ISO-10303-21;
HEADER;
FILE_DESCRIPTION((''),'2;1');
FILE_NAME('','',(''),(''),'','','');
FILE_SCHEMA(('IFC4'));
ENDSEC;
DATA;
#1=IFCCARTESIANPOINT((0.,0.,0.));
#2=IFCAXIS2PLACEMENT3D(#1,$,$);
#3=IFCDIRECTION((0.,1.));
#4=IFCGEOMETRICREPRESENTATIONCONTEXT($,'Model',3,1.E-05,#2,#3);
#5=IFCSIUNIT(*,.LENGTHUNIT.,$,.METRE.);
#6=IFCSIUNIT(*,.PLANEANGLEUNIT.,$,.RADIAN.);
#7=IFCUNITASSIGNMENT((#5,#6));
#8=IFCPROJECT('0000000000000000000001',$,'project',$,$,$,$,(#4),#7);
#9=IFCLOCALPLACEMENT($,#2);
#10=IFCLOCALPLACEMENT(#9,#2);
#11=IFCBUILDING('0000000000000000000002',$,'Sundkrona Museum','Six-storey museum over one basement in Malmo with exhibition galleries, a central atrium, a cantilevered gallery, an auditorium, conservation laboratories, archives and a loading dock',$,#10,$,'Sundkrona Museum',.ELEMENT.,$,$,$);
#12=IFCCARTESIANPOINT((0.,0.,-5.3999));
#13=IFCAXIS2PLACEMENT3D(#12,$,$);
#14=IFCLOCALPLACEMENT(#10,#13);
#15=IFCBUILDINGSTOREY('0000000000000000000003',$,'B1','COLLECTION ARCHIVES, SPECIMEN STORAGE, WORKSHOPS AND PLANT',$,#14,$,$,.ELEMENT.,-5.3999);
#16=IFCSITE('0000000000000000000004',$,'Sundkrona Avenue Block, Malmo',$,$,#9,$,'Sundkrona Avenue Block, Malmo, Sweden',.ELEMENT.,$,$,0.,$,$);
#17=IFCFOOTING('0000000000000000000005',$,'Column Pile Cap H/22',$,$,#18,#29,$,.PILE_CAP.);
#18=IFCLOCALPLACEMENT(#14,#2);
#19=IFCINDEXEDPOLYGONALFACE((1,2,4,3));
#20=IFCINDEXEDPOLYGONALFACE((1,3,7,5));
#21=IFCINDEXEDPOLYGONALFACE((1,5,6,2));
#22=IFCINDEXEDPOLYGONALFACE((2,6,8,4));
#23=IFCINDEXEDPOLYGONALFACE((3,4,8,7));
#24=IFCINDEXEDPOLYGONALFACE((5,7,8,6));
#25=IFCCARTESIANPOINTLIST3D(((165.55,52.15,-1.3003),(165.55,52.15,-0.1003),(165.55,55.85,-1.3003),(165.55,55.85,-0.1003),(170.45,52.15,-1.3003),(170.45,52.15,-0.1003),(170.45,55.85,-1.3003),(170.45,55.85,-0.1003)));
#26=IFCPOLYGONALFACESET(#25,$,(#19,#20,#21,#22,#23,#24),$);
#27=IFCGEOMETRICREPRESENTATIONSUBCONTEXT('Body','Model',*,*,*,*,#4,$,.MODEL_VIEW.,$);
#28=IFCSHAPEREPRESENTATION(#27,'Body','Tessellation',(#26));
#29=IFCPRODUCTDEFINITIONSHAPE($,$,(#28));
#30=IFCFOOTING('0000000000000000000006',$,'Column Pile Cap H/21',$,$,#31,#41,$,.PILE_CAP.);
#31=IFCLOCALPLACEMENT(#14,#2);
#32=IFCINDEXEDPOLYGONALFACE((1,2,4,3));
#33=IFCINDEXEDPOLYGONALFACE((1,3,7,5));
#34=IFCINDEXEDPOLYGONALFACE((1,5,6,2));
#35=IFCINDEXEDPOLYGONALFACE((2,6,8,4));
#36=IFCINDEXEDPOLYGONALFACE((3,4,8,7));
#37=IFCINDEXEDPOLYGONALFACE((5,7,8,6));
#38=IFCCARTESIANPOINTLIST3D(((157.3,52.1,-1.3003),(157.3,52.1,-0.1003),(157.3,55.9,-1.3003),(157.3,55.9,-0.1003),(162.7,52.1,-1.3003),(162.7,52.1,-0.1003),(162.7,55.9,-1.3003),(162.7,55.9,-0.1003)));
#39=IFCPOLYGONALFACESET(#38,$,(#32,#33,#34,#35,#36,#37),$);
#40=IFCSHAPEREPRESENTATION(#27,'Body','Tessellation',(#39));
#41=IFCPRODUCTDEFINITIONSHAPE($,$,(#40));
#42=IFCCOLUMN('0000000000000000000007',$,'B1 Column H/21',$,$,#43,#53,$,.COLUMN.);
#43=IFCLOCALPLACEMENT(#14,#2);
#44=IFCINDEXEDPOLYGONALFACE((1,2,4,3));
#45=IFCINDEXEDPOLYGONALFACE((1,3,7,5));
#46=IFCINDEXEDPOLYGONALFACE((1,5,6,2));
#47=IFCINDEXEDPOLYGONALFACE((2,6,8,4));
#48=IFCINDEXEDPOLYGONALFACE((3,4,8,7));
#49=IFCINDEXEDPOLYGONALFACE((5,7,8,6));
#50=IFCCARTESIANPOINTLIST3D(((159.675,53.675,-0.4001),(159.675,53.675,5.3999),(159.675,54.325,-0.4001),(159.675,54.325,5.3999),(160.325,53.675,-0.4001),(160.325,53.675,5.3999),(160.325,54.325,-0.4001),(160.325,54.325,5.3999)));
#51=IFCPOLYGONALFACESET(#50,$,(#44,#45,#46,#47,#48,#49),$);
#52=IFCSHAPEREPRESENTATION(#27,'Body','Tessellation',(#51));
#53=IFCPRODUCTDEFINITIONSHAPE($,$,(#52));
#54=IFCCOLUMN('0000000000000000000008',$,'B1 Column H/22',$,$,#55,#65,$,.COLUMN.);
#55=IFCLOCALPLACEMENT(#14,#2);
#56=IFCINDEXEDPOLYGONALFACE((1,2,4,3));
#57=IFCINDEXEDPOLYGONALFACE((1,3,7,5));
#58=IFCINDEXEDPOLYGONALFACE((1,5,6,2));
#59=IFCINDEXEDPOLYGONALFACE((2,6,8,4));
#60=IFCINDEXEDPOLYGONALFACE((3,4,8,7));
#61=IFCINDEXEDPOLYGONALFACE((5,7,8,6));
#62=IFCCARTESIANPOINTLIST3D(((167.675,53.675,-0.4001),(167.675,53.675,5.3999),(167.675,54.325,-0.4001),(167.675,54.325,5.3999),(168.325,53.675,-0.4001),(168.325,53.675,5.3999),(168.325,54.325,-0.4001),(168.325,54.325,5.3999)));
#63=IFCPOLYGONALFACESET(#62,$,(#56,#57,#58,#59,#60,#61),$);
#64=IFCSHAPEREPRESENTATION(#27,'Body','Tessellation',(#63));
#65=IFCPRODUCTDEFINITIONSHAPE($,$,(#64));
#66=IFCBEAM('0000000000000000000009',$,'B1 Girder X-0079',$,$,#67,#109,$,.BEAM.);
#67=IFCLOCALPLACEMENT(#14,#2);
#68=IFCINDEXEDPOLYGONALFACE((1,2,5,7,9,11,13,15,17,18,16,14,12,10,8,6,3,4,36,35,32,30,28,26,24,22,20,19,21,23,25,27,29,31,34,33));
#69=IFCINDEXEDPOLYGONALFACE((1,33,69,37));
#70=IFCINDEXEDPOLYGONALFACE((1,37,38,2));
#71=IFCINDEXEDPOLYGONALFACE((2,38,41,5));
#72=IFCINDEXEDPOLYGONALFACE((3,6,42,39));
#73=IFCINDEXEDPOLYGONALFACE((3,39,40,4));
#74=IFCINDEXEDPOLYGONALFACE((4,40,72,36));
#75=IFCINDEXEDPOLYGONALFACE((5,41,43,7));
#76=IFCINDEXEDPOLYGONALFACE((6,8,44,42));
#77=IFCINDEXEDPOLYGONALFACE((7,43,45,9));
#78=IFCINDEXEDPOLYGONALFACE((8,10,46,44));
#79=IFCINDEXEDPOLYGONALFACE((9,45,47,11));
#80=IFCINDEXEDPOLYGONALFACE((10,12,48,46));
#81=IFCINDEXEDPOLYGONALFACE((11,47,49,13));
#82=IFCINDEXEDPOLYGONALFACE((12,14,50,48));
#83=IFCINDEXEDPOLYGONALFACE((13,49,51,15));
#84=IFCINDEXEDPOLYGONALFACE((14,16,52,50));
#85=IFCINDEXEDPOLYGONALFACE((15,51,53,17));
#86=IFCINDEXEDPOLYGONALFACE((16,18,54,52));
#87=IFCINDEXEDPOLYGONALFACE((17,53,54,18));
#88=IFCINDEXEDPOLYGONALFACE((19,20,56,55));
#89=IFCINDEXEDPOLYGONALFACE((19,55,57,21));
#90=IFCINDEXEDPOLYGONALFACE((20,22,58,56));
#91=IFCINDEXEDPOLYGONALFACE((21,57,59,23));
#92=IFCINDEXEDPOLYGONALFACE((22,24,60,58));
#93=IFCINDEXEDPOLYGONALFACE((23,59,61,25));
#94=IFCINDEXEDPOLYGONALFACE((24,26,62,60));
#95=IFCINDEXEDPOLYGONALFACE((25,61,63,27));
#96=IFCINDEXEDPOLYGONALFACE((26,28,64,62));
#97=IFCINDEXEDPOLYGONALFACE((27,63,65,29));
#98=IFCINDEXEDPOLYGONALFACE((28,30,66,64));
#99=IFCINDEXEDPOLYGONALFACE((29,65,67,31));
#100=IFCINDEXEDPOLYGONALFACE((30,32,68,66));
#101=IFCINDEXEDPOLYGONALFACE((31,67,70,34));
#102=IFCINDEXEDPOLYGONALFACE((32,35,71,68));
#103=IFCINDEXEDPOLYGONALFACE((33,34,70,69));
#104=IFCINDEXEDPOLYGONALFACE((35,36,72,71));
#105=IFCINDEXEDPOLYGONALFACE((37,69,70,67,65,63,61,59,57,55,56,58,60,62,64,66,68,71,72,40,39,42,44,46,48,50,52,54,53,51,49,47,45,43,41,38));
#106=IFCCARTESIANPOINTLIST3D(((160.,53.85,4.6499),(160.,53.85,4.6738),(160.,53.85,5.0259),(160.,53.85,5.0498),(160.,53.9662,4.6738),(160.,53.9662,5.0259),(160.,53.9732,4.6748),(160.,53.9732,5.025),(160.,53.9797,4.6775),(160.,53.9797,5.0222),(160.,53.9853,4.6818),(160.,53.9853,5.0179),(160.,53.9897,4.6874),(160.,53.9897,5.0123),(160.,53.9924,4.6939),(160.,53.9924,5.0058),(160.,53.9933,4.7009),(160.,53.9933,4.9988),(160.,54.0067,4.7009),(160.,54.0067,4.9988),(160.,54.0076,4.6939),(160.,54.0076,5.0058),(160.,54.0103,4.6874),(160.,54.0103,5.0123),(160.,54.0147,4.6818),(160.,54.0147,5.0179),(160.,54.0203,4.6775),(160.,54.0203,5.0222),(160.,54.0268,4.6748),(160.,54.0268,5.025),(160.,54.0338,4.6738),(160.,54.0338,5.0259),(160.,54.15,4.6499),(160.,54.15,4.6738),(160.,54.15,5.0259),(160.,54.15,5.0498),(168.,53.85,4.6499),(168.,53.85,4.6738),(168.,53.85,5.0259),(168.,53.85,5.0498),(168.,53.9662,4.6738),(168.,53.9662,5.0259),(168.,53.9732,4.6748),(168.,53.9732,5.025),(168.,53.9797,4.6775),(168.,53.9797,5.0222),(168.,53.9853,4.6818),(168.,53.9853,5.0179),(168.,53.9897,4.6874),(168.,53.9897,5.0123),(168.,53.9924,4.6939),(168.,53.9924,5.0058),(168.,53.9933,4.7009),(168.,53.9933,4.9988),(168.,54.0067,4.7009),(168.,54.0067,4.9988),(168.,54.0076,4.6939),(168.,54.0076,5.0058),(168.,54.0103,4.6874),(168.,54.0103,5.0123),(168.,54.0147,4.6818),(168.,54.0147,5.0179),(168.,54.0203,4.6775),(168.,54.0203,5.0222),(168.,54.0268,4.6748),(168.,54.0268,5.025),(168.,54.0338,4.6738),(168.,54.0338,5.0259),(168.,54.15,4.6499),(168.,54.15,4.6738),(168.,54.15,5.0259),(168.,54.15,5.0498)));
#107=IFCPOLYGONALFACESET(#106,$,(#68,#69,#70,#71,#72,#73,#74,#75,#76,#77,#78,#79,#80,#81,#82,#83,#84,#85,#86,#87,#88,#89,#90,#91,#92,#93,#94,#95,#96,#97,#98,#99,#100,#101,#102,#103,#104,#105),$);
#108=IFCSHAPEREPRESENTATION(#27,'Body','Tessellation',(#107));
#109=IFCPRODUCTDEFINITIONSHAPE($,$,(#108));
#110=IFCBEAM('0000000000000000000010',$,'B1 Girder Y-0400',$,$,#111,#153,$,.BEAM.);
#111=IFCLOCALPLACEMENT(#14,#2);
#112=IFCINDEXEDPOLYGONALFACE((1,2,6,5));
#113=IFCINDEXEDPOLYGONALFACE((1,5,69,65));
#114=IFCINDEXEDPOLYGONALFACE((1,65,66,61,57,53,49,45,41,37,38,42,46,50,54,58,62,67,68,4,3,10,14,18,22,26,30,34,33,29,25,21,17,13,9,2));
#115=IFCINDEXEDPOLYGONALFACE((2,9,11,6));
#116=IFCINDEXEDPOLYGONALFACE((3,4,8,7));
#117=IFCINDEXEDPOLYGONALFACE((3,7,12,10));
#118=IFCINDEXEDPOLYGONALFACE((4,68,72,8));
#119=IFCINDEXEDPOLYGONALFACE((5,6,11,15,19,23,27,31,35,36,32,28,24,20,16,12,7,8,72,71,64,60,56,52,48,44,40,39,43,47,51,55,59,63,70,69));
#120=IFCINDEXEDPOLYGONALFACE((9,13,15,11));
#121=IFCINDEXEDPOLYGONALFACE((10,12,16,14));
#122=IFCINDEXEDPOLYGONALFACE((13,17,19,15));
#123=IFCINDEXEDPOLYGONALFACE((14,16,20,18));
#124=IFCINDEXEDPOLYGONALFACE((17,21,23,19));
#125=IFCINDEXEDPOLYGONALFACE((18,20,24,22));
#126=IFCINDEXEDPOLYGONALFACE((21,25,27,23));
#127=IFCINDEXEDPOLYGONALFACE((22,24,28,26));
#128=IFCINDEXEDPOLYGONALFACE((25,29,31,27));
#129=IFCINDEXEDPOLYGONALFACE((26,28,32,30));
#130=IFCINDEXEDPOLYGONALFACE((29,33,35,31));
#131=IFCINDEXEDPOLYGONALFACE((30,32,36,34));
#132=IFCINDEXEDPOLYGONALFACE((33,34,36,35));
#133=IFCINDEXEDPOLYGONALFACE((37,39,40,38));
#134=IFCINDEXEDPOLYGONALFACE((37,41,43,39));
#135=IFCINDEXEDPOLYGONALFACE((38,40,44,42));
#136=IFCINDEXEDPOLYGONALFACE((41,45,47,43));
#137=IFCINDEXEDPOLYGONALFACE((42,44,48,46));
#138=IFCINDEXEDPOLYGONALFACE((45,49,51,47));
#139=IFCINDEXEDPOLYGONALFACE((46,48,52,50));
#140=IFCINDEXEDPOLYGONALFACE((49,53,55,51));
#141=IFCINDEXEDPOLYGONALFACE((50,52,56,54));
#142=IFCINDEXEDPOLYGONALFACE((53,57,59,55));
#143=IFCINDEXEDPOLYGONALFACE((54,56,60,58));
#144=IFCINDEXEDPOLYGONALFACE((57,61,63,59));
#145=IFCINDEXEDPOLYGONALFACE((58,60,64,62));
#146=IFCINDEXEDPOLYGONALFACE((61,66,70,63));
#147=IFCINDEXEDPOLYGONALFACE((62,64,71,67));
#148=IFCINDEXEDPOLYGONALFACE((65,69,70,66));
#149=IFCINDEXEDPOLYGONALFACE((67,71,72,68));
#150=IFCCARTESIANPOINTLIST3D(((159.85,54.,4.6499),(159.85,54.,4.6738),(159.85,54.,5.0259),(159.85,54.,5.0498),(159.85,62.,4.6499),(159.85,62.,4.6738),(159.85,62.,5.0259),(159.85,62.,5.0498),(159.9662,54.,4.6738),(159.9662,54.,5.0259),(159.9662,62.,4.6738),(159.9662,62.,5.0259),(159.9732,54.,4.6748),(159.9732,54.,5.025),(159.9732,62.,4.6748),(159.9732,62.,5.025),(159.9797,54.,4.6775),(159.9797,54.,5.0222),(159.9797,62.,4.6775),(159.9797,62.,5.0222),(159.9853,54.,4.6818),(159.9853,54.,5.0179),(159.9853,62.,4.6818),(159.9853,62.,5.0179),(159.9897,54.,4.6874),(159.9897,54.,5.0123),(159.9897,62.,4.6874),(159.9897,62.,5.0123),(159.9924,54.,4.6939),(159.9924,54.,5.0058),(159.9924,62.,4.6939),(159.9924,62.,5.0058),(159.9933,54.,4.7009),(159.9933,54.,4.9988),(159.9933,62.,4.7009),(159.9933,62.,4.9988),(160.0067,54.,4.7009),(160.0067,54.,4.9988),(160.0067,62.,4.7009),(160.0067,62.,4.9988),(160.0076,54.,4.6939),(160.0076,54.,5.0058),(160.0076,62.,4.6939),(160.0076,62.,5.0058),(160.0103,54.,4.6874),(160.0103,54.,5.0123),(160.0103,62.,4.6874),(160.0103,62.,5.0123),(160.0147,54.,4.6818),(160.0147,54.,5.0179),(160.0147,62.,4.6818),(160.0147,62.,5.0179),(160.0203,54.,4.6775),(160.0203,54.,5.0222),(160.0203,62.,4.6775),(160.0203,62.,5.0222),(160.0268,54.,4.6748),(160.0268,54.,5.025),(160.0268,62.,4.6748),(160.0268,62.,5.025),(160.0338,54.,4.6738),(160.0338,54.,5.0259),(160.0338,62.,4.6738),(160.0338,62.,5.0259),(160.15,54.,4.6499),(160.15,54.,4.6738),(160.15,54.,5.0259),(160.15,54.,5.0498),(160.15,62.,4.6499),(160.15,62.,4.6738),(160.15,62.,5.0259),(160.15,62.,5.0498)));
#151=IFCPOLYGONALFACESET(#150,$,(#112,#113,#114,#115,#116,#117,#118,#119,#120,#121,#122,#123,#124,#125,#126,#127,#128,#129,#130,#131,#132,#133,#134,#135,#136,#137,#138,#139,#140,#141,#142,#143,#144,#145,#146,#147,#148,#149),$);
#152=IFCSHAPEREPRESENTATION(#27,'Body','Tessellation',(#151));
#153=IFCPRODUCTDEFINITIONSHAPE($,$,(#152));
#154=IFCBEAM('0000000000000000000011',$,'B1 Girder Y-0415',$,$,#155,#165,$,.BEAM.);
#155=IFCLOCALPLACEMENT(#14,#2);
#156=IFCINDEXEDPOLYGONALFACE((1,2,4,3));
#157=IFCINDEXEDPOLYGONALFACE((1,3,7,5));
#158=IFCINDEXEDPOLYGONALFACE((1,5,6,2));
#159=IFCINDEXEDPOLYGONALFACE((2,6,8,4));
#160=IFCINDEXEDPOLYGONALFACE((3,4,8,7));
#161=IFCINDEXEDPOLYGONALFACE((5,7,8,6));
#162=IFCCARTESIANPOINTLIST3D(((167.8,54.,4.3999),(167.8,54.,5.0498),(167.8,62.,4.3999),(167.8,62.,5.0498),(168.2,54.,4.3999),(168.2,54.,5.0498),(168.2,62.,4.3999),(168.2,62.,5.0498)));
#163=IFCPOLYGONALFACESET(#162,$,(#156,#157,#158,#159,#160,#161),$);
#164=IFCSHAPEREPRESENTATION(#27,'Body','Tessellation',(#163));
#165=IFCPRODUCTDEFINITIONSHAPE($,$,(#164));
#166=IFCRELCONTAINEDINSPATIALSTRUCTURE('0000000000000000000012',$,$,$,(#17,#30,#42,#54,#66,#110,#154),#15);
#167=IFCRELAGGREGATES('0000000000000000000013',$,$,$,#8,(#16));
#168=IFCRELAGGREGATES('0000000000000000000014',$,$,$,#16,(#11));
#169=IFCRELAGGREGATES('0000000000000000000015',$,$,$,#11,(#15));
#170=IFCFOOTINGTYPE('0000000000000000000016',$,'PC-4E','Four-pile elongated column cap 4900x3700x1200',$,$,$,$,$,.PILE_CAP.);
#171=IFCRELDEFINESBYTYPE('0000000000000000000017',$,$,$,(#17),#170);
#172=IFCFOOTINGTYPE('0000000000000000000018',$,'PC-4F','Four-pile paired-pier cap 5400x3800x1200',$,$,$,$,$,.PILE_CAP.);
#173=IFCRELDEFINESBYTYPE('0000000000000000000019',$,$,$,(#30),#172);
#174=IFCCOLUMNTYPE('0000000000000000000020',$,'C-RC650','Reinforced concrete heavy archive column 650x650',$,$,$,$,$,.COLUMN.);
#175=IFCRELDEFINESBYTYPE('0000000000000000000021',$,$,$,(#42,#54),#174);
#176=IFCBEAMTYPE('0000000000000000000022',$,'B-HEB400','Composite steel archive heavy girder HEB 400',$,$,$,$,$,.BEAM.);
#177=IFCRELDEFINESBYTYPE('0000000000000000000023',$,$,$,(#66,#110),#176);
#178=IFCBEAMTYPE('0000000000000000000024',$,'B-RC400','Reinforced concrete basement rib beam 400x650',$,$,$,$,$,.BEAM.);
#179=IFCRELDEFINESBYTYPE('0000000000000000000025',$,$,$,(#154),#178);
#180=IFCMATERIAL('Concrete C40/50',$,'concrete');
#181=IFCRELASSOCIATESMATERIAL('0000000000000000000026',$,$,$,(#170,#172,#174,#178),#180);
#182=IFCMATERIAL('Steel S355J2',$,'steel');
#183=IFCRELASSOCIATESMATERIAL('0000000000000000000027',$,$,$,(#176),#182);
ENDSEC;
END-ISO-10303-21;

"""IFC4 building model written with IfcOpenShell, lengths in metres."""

from ifc_helpers import new_model, si_unit, direction, frame, origin, origin_2d, place, context, subcontext, project, spatial, rectangle, i_section, extrude, material, material_profile, profile_set, type_object, element, save


model = new_model("IFC4")

# Units and contexts
model_context = context("Model", 3, precision=1e-05, world=origin(), true_north=direction((0.0, 1.0)))
body_context = subcontext(model_context, "Body", "Model", "MODEL_VIEW")
ifc_project = project(units=[si_unit("LENGTHUNIT", "METRE"), si_unit("PLANEANGLEUNIT", "RADIAN")], contexts=[model_context])

# Site, building, storey
site_placement = place(None, origin())
site = spatial("IfcSite", under=ifc_project, at=site_placement, Name="Sundkrona Avenue Block, Malmo", LongName="Sundkrona Avenue Block, Malmo, Sweden", CompositionType="ELEMENT", RefElevation=0.0)
building_placement = place(site_placement, origin())
building = spatial("IfcBuilding", under=site, at=building_placement, Name="Sundkrona Museum", Description="Six-storey museum over one basement in Malmo with exhibition galleries, a central atrium, a cantilevered gallery, an auditorium, conservation laboratories, archives and a loading dock", LongName="Sundkrona Museum", CompositionType="ELEMENT")
storey_placement = place(building_placement, frame((0.0, 0.0, -5.3999)))
storey = spatial("IfcBuildingStorey", under=building, at=storey_placement, Name="B1", Description="COLLECTION ARCHIVES, SPECIMEN STORAGE, WORKSHOPS AND PLANT", CompositionType="ELEMENT", Elevation=-5.3999)

# Shared definitions
ifc_material_1 = material(Name="Concrete C40/50", Category="concrete")

# Footings
footing_type_1 = type_object("IfcFootingType", Name="PC-4E", Description="Four-pile elongated column cap 4900x3700x1200", PredefinedType="PILE_CAP", material=ifc_material_1)
footing_1_placement = place(storey_placement, frame((168.0, 54.0, -1.3003), z_axis=(0.0, 0.0, 1.0), x_axis=(1.0, 0.0, 0.0)))
element("IfcFooting", 1, at=footing_1_placement, inside=storey, type_object=footing_type_1, Name="Column Pile Cap H/22", PredefinedType="PILE_CAP", context=body_context, shape_type="SweptSolid", body=[
    extrude(rectangle(XDim=4.8999, YDim=3.7, at=origin_2d()), origin(), (0.0, 0.0, 1.0), 1.2),
])
footing_type_2 = type_object("IfcFootingType", Name="PC-4F", Description="Four-pile paired-pier cap 5400x3800x1200", PredefinedType="PILE_CAP", material=ifc_material_1)
footing_2_placement = place(storey_placement, frame((160.0, 54.0, -1.3003), z_axis=(0.0, 0.0, 1.0), x_axis=(1.0, 0.0, 0.0)))
element("IfcFooting", 2, at=footing_2_placement, inside=storey, type_object=footing_type_2, Name="Column Pile Cap H/21", PredefinedType="PILE_CAP", context=body_context, shape_type="SweptSolid", body=[
    extrude(rectangle(XDim=5.3999, YDim=3.8, at=origin_2d()), origin(), (0.0, 0.0, 1.0), 1.2),
])

# Columns
ifc_material_profile_1 = material_profile(ifc_material_1, rectangle(XDim=0.6499, YDim=0.6499, at=origin_2d()), Name="RC 650x650")
ifc_profile_set_1 = profile_set([ifc_material_profile_1], Name="Concrete C40/50")
column_type = type_object("IfcColumnType", Name="C-RC650", Description="Reinforced concrete heavy archive column 650x650", PredefinedType="COLUMN", material=ifc_profile_set_1)
for number, where, z_axis, x_axis, name in (
    (3, (160.0, 54.0, -0.4001), (0.0, 0.0, 1.0), (1.0, 0.0, 0.0), "B1 Column H/21"),
    (4, (168.0, 54.0, -0.4001), (0.0, 0.0, 1.0), (1.0, 0.0, 0.0), "B1 Column H/22"),
):
    element("IfcColumn", number, at=place(storey_placement, frame(where, z_axis=z_axis, x_axis=x_axis)), inside=storey, type_object=column_type, Name=name, PredefinedType="COLUMN", context=body_context, shape_type="SweptSolid", body=[
        extrude(rectangle(XDim=0.6499, YDim=0.6499, at=origin_2d()), origin(), (0.0, 0.0, 1.0), 5.8),
    ])

# Beams
ifc_material_2 = material(Name="Steel S355J2", Category="steel")
ifc_material_profile_2 = material_profile(ifc_material_2, i_section(OverallWidth=0.3, OverallDepth=0.3999, WebThickness=0.0134, FlangeThickness=0.0239, FilletRadius=0.0271, at=origin_2d()), Name="HEB 400")
ifc_profile_set_2 = profile_set([ifc_material_profile_2], Name="Steel S355J2")
beam_type_1 = type_object("IfcBeamType", Name="B-HEB400", Description="Composite steel archive heavy girder HEB 400", PredefinedType="BEAM", material=ifc_profile_set_2)
for number, where, z_axis, x_axis, name in (
    (5, (160.0, 54.0, 4.8499), (1.0, 0.0, 0.0), (0.0, 1.0, 0.0), "B1 Girder X-0079"),
    (6, (160.0, 54.0, 4.8499), (0.0, 1.0, 0.0), (-1.0, 0.0, 0.0), "B1 Girder Y-0400"),
):
    element("IfcBeam", number, at=place(storey_placement, frame(where, z_axis=z_axis, x_axis=x_axis)), inside=storey, type_object=beam_type_1, Name=name, PredefinedType="BEAM", context=body_context, shape_type="SweptSolid", body=[
        extrude(i_section(OverallWidth=0.3, OverallDepth=0.3999, WebThickness=0.0134, FlangeThickness=0.0239, FilletRadius=0.0271, at=origin_2d()), origin(), (0.0, 0.0, 1.0), 8.0),
    ])
ifc_material_profile_3 = material_profile(ifc_material_1, rectangle(XDim=0.3999, YDim=0.6499, at=origin_2d()), Name="RCB 400x650")
ifc_profile_set_3 = profile_set([ifc_material_profile_3], Name="Concrete C40/50")
beam_type_2 = type_object("IfcBeamType", Name="B-RC400", Description="Reinforced concrete basement rib beam 400x650", PredefinedType="BEAM", material=ifc_profile_set_3)
beam_1_placement = place(storey_placement, frame((168.0, 54.0, 4.7249), z_axis=(0.0, 1.0, 0.0), x_axis=(-1.0, 0.0, 0.0)))
element("IfcBeam", 7, at=beam_1_placement, inside=storey, type_object=beam_type_2, Name="B1 Girder Y-0415", PredefinedType="BEAM", context=body_context, shape_type="SweptSolid", body=[
    extrude(rectangle(XDim=0.3999, YDim=0.6499, at=origin_2d()), origin(), (0.0, 0.0, 1.0), 8.0),
])

save(model, "model.ifc")
